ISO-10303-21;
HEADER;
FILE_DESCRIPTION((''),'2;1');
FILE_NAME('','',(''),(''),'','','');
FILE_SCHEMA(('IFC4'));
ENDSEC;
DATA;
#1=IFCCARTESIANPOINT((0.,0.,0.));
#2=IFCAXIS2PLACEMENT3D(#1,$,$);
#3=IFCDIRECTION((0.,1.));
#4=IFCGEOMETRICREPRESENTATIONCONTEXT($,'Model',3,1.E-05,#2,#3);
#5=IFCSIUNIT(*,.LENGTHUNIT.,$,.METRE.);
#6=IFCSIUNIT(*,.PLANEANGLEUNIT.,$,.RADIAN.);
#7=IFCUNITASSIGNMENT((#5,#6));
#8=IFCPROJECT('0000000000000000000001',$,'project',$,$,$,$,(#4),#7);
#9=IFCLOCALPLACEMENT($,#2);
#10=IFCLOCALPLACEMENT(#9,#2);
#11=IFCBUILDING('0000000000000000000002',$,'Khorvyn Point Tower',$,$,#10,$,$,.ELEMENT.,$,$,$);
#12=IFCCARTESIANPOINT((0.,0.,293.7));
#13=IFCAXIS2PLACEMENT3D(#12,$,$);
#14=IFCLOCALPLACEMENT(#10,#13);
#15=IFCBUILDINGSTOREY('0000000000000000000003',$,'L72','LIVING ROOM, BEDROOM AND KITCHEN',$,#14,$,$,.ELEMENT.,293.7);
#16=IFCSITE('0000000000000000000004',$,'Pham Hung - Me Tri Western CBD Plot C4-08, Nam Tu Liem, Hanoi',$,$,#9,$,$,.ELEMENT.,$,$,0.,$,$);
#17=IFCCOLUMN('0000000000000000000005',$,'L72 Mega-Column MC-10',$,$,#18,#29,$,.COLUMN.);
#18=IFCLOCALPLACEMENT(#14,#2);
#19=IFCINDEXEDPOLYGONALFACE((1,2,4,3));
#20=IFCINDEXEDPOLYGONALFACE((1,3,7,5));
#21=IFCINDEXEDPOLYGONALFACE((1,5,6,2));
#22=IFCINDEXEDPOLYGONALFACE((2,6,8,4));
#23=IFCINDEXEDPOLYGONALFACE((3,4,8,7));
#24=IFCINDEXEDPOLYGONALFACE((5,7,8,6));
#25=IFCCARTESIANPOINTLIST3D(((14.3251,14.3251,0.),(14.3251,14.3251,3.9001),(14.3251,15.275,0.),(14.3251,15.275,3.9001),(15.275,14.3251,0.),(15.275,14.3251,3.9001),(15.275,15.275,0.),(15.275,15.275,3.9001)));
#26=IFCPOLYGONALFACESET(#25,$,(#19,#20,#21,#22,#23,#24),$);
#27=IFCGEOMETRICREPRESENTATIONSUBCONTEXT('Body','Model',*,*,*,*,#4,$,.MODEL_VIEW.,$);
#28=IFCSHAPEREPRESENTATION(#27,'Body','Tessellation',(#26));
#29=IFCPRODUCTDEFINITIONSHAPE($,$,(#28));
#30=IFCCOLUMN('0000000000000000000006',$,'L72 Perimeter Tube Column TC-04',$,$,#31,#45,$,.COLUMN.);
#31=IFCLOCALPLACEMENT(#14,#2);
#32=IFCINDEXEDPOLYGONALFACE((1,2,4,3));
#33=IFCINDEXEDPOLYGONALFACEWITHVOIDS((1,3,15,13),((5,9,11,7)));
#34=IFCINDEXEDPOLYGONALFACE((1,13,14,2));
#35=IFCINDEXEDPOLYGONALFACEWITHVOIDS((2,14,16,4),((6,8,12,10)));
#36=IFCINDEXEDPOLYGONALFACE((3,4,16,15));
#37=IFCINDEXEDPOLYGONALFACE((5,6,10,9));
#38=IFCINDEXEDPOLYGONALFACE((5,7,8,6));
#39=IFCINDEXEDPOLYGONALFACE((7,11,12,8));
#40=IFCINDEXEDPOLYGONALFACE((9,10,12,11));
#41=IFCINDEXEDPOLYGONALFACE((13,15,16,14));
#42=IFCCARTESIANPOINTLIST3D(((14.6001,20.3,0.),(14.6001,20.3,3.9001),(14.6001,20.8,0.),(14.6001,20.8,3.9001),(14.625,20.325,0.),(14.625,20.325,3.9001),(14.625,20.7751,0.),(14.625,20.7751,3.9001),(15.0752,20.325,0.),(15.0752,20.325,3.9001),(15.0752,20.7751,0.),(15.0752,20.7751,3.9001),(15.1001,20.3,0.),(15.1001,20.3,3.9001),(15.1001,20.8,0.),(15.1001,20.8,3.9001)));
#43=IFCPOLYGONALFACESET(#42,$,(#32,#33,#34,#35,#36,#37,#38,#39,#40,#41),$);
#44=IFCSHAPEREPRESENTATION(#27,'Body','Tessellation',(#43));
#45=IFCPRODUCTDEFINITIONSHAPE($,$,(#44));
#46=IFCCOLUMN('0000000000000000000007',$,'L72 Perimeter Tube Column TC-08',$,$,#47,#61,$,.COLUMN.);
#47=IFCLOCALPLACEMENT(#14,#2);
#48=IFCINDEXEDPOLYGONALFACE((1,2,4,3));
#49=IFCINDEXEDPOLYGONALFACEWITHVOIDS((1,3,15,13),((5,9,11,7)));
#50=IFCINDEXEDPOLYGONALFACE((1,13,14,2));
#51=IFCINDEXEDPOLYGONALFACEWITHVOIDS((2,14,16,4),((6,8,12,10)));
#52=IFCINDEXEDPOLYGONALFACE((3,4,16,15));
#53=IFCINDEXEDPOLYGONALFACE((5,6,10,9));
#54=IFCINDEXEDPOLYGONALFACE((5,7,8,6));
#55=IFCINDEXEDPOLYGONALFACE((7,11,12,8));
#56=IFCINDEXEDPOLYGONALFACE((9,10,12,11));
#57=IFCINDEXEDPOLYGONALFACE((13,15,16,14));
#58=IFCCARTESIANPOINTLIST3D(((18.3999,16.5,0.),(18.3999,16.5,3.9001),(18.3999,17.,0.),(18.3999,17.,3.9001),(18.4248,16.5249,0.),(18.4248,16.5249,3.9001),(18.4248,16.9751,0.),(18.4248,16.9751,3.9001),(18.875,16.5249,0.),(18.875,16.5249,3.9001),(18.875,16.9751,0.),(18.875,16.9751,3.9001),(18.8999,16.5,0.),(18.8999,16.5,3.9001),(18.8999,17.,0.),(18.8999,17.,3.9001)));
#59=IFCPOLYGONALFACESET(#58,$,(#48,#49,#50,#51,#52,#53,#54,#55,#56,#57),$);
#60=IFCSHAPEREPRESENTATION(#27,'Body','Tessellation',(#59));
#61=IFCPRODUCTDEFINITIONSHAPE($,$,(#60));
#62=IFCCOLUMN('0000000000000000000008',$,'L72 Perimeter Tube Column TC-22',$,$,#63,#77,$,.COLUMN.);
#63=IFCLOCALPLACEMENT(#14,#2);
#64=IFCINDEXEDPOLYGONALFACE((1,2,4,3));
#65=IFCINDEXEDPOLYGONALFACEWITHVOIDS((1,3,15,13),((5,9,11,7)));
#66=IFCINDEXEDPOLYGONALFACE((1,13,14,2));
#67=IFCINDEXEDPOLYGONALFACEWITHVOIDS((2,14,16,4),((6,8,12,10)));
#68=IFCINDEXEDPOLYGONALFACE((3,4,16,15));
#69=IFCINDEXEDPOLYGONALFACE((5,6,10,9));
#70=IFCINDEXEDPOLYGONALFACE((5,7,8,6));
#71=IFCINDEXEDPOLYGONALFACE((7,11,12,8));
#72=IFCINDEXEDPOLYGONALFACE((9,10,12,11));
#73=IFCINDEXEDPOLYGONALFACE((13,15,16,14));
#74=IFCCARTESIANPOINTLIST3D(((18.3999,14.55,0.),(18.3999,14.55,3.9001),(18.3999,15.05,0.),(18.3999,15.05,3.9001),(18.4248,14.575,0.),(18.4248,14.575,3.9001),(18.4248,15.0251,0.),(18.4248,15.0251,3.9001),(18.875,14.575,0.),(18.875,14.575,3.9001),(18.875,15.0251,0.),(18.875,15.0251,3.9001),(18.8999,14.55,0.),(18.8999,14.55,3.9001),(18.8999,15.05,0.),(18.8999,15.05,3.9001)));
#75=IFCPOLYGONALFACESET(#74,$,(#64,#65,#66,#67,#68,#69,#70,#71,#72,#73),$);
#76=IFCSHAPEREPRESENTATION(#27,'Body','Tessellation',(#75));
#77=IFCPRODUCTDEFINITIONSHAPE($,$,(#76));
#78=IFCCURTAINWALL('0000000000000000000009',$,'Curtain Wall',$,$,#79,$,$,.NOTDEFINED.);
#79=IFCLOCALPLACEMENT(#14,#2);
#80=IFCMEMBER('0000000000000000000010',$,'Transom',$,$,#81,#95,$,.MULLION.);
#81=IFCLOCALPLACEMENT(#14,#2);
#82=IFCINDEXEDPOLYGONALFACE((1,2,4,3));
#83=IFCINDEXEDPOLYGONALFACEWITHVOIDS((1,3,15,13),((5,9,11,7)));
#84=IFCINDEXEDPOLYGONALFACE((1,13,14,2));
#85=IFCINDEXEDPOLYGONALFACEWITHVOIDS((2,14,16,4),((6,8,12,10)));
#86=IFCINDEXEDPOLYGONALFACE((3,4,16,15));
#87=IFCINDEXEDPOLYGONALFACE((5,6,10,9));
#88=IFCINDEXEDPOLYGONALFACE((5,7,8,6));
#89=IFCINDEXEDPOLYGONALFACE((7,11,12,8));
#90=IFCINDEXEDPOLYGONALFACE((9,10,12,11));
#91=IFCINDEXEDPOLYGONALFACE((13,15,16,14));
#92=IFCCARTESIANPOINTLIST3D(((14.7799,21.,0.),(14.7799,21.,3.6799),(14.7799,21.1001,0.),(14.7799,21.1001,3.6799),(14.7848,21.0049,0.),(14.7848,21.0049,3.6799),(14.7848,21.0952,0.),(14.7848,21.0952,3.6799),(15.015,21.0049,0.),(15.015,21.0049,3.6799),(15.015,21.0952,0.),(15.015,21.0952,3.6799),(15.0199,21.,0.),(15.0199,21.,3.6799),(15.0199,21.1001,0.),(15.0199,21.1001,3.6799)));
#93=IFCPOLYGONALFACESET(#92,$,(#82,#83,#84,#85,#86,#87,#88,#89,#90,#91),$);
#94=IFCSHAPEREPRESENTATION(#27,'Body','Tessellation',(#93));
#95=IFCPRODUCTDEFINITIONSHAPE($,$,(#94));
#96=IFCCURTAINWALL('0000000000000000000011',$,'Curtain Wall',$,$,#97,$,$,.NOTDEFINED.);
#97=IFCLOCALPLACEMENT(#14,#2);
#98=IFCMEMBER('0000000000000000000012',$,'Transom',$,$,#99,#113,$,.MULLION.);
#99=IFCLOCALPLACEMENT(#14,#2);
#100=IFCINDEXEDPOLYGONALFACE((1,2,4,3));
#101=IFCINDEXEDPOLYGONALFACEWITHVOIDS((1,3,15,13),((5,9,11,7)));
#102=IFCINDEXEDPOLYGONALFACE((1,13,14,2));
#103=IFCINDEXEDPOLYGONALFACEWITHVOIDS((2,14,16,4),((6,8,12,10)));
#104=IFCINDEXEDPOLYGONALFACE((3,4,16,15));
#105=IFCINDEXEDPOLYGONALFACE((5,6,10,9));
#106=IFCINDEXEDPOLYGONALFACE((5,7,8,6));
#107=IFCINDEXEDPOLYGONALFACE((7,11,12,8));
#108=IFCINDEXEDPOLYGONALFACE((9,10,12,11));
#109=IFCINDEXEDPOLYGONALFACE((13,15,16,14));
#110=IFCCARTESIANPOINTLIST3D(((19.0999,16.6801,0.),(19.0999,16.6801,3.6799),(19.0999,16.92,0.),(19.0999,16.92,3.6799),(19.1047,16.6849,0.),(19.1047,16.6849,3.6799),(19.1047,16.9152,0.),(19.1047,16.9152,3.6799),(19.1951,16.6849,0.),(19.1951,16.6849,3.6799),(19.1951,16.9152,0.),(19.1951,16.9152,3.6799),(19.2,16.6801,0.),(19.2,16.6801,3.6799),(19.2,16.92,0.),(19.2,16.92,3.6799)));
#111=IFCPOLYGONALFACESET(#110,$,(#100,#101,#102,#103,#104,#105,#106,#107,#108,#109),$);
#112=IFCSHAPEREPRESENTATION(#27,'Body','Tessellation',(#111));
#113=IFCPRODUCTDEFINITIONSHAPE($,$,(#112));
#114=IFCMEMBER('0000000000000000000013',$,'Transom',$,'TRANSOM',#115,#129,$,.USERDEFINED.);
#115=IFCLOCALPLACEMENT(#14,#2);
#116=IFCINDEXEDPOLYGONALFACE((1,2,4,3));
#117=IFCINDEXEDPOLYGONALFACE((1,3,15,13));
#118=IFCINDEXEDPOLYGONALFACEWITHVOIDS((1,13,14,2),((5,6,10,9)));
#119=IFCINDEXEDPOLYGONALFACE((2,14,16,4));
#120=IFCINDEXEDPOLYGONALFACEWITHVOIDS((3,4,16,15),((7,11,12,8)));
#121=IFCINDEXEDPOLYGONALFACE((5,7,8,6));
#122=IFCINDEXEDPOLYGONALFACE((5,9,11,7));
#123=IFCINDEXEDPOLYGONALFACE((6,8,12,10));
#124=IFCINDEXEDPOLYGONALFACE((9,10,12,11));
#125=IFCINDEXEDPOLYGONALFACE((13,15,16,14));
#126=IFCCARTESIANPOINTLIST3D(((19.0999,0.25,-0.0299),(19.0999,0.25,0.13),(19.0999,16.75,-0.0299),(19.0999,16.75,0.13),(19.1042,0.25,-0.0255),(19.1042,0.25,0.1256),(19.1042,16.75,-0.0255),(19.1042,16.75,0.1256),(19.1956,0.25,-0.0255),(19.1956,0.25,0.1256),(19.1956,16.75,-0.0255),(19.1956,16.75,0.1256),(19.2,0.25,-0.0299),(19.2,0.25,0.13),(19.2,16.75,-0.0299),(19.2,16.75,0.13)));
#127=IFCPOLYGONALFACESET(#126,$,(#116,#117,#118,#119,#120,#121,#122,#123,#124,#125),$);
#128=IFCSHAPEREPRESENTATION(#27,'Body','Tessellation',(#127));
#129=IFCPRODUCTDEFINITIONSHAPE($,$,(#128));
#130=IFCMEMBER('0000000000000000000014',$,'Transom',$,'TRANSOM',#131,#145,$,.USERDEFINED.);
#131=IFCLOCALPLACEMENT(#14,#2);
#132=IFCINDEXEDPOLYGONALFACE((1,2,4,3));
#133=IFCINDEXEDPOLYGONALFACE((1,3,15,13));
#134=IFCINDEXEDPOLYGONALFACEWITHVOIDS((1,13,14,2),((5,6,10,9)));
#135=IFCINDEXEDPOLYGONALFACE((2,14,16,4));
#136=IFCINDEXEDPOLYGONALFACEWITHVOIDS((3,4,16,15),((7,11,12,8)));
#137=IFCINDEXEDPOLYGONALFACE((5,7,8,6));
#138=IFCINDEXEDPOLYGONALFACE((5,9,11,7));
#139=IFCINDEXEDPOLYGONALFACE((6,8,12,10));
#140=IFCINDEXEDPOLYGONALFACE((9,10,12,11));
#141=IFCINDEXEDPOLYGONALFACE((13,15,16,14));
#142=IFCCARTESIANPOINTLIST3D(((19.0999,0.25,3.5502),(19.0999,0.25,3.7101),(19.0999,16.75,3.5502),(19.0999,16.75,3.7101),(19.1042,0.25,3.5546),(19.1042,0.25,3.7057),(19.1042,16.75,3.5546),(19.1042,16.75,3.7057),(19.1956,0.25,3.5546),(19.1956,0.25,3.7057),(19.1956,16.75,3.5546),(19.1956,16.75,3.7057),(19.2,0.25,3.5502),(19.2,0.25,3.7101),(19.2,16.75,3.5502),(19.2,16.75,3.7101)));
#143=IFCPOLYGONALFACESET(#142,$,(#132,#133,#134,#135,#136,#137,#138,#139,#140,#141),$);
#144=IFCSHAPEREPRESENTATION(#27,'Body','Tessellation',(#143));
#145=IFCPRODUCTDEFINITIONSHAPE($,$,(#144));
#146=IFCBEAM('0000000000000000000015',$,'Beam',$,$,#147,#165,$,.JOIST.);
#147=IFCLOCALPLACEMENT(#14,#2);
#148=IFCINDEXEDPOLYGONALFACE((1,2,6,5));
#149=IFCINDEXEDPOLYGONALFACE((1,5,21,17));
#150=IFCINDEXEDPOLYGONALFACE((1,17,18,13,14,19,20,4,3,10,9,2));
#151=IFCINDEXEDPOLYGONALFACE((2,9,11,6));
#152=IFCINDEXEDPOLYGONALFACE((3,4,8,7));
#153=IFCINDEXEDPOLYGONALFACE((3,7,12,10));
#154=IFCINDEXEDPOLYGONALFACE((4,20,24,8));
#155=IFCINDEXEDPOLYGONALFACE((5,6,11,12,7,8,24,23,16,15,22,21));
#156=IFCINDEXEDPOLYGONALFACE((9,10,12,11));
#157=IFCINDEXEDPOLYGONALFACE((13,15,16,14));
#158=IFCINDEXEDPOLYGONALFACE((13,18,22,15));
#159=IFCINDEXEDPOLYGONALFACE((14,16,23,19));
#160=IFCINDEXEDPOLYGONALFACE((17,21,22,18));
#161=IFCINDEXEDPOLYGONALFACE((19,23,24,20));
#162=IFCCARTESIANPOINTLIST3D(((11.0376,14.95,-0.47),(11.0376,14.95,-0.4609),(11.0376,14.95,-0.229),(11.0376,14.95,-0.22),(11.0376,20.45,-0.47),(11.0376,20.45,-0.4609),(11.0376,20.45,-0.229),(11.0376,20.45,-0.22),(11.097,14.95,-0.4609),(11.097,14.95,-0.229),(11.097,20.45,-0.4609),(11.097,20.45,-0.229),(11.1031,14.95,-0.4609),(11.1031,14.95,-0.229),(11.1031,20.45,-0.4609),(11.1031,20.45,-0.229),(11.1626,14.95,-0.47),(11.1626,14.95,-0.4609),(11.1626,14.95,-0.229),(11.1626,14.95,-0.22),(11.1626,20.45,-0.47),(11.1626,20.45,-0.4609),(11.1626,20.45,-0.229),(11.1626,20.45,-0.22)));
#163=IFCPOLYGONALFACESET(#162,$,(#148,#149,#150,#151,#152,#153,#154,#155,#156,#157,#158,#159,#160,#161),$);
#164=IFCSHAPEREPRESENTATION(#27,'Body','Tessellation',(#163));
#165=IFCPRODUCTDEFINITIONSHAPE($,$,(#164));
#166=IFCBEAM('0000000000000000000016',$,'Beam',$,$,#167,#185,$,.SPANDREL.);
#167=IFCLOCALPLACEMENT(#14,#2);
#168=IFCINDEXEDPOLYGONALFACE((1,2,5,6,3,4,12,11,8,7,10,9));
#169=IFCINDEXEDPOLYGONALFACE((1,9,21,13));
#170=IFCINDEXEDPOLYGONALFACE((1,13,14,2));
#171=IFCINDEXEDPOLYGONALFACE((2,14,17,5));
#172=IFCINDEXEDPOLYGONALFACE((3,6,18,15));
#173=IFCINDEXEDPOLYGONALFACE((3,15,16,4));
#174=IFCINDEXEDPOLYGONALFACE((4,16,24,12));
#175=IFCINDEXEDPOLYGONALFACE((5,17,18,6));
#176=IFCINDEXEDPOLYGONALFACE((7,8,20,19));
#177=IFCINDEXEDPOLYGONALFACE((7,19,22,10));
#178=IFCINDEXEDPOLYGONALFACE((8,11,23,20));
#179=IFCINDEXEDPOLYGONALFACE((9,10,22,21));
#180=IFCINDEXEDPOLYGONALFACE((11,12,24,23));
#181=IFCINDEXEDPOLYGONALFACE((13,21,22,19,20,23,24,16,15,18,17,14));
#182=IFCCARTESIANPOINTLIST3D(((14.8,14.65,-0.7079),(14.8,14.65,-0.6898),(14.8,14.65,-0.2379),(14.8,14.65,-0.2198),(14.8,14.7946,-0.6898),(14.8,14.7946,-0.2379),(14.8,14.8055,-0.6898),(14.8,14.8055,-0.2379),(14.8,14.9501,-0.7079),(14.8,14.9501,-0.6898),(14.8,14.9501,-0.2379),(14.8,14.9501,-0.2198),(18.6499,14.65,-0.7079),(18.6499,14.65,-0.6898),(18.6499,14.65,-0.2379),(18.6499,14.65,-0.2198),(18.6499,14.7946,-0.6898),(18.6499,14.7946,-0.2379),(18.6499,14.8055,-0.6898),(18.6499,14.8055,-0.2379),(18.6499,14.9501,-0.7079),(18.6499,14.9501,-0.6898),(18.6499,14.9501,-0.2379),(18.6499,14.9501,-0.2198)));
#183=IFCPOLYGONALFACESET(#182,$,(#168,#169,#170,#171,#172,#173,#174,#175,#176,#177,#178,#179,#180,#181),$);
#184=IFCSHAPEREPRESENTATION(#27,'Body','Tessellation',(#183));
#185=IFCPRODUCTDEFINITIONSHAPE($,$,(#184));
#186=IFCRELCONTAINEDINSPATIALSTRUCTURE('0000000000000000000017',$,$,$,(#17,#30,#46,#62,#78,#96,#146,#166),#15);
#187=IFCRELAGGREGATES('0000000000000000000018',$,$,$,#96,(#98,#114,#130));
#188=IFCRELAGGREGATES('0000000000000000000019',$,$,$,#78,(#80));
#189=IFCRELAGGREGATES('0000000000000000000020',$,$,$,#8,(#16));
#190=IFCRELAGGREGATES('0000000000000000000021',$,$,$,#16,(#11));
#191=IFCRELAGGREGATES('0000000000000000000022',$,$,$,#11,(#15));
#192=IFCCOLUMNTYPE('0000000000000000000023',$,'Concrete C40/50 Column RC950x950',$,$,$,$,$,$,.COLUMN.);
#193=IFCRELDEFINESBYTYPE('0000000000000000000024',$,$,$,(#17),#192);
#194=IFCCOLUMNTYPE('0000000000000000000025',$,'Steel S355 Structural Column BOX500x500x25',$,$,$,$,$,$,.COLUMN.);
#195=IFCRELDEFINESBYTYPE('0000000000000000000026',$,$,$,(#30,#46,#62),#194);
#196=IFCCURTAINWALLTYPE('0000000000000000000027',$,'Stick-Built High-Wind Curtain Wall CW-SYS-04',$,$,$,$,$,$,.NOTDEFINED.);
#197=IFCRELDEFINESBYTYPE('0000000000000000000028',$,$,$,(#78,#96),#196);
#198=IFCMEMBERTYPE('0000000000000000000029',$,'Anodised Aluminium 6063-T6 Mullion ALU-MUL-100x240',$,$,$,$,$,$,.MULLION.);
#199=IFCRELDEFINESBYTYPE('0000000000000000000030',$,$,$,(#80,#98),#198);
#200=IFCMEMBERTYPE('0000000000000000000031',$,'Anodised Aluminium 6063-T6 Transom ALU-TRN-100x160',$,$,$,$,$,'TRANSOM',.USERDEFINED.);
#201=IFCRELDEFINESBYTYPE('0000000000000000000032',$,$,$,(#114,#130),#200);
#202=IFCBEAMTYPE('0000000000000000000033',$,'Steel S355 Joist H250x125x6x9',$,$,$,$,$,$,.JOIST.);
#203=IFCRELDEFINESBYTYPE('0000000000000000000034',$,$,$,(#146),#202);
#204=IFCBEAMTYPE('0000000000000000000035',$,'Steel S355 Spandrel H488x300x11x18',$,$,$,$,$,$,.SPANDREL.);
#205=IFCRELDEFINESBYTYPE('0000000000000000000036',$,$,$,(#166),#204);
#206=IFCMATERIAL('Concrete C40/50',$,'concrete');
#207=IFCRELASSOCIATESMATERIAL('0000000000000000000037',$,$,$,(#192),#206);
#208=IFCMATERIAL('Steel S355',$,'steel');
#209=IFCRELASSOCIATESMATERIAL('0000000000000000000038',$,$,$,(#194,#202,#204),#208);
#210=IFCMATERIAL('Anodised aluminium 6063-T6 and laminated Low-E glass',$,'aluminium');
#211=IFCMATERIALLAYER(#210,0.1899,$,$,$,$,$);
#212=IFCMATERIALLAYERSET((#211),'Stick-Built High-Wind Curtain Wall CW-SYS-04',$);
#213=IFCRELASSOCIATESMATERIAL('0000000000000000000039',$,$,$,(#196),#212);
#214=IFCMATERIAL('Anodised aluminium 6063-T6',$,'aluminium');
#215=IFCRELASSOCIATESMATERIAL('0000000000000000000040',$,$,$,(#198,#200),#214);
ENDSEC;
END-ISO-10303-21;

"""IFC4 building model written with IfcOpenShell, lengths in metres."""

from ifc_helpers import new_model, si_unit, direction, frame, origin, origin_2d, place, context, subcontext, project, spatial, rectangle, hollow_rectangle, i_section, extrude, material, layer, layer_set, material_profile, profile_set, type_object, element, aggregate, save


model = new_model("IFC4")

# Units and contexts
model_context = context("Model", 3, precision=1e-05, world=origin(), true_north=direction((0.0, 1.0)))
body_context = subcontext(model_context, "Body", "Model", "MODEL_VIEW")
ifc_project = project(units=[si_unit("LENGTHUNIT", "METRE"), si_unit("PLANEANGLEUNIT", "RADIAN")], contexts=[model_context])

# Site, building, storey
site_placement = place(None, origin())
site = spatial("IfcSite", under=ifc_project, at=site_placement, Name="Pham Hung - Me Tri Western CBD Plot C4-08, Nam Tu Liem, Hanoi", CompositionType="ELEMENT", RefElevation=0.0)
building_placement = place(site_placement, origin())
building = spatial("IfcBuilding", under=site, at=building_placement, Name="Khorvyn Point Tower", CompositionType="ELEMENT")
storey_placement = place(building_placement, frame((0.0, 0.0, 293.7)))
storey = spatial("IfcBuildingStorey", under=building, at=storey_placement, Name="L72", Description="LIVING ROOM, BEDROOM AND KITCHEN", CompositionType="ELEMENT", Elevation=293.7)

# Columns
ifc_material_1 = material(Name="Concrete C40/50", Category="concrete")
ifc_material_profile_1 = material_profile(ifc_material_1, rectangle(XDim=0.95, YDim=0.95, at=origin_2d()))
ifc_profile_set_1 = profile_set([ifc_material_profile_1], Name="Concrete C40/50 RC950x950")
column_type_1 = type_object("IfcColumnType", Name="Concrete C40/50 Column RC950x950", PredefinedType="COLUMN", material=ifc_profile_set_1)
column_placement = place(storey_placement, frame((14.8, 14.8, 0.0), z_axis=(0.0, 0.0, 1.0), x_axis=(1.0, 0.0, 0.0)))
element("IfcColumn", 1, at=column_placement, inside=storey, type_object=column_type_1, Name="L72 Mega-Column MC-10", PredefinedType="COLUMN", context=body_context, shape_type="SweptSolid", body=[
    extrude(rectangle(XDim=0.95, YDim=0.95, at=origin_2d()), origin(), (0.0, 0.0, 1.0), 3.9001),
])
ifc_material_2 = material(Name="Steel S355", Category="steel")
ifc_material_profile_2 = material_profile(ifc_material_2, hollow_rectangle(XDim=0.5, YDim=0.5, WallThickness=0.0249, at=origin_2d()))
ifc_profile_set_2 = profile_set([ifc_material_profile_2], Name="Steel S355 BOX500x500x25")
column_type_2 = type_object("IfcColumnType", Name="Steel S355 Structural Column BOX500x500x25", PredefinedType="COLUMN", material=ifc_profile_set_2)
for number, where, z_axis, x_axis, name in (
    (2, (14.8501, 20.55, 0.0), (0.0, 0.0, 1.0), (1.0, 0.0, 0.0), "L72 Perimeter Tube Column TC-04"),
    (3, (18.6499, 16.75, 0.0), (0.0, 0.0, 1.0), (1.0, 0.0, 0.0), "L72 Perimeter Tube Column TC-08"),
    (4, (18.6499, 14.8, 0.0), (0.0, 0.0, 1.0), (1.0, 0.0, 0.0), "L72 Perimeter Tube Column TC-22"),
):
    element("IfcColumn", number, at=place(storey_placement, frame(where, z_axis=z_axis, x_axis=x_axis)), inside=storey, type_object=column_type_2, Name=name, PredefinedType="COLUMN", context=body_context, shape_type="SweptSolid", body=[
        extrude(hollow_rectangle(XDim=0.5, YDim=0.5, WallThickness=0.0249, at=origin_2d()), origin(), (0.0, 0.0, 1.0), 3.9001),
    ])

# Curtain wall, member
ifc_material_3 = material(Name="Anodised aluminium 6063-T6 and laminated Low-E glass", Category="aluminium")
ifc_layer_1 = layer(ifc_material_3, 0.1899)
ifc_layer_set_1 = layer_set([ifc_layer_1], Name="Stick-Built High-Wind Curtain Wall CW-SYS-04")
curtain_wall_type = type_object("IfcCurtainWallType", Name="Stick-Built High-Wind Curtain Wall CW-SYS-04", PredefinedType="NOTDEFINED", material=ifc_layer_set_1)
curtain_wall_1_placement = place(storey_placement, origin())
curtain_wall_1 = element("IfcCurtainWall", 5, at=curtain_wall_1_placement, inside=storey, type_object=curtain_wall_type, Name="Curtain Wall", PredefinedType="NOTDEFINED")
ifc_material_4 = material(Name="Anodised aluminium 6063-T6", Category="aluminium")
ifc_material_profile_3 = material_profile(ifc_material_4, hollow_rectangle(XDim=0.1001, YDim=0.24, WallThickness=0.0049, at=origin_2d()))
ifc_profile_set_3 = profile_set([ifc_material_profile_3], Name="Anodised aluminium 6063-T6 ALU-MUL-100x240")
member_type_1 = type_object("IfcMemberType", Name="Anodised Aluminium 6063-T6 Mullion ALU-MUL-100x240", PredefinedType="MULLION", material=ifc_profile_set_3)
member_1_placement = place(storey_placement, frame((14.8999, 21.05, 0.0), z_axis=(0.0, 0.0, 1.0), x_axis=(0.0, 1.0, 0.0)))
member_1 = element("IfcMember", 6, at=member_1_placement, type_object=member_type_1, Name="Transom", PredefinedType="MULLION", context=body_context, shape_type="SweptSolid", body=[
    extrude(hollow_rectangle(XDim=0.1001, YDim=0.24, WallThickness=0.0049, at=origin_2d()), origin(), (0.0, 0.0, 1.0), 3.6799),
])

# Curtain wall, members
curtain_wall_2_placement = place(storey_placement, origin())
curtain_wall_2 = element("IfcCurtainWall", 7, at=curtain_wall_2_placement, inside=storey, type_object=curtain_wall_type, Name="Curtain Wall", PredefinedType="NOTDEFINED")
member_2_placement = place(storey_placement, frame((19.1499, 16.8, 0.0), z_axis=(0.0, 0.0, 1.0), x_axis=(1.0, 0.0, 0.0)))
member_2 = element("IfcMember", 8, at=member_2_placement, type_object=member_type_1, Name="Transom", PredefinedType="MULLION", context=body_context, shape_type="SweptSolid", body=[
    extrude(hollow_rectangle(XDim=0.1001, YDim=0.24, WallThickness=0.0049, at=origin_2d()), origin(), (0.0, 0.0, 1.0), 3.6799),
])
ifc_material_profile_4 = material_profile(ifc_material_4, hollow_rectangle(XDim=0.1001, YDim=0.1599, WallThickness=0.0044, at=origin_2d()))
ifc_profile_set_4 = profile_set([ifc_material_profile_4], Name="Anodised aluminium 6063-T6 ALU-TRN-100x160")
member_type_2 = type_object("IfcMemberType", Name="Anodised Aluminium 6063-T6 Transom ALU-TRN-100x160", ElementType="TRANSOM", PredefinedType="USERDEFINED", material=ifc_profile_set_4)
member_3_placement = place(storey_placement, frame((19.1499, 16.75, 0.05), z_axis=(0.0, -1.0, 0.0), x_axis=(1.0, 0.0, 0.0)))
member_3 = element("IfcMember", 9, at=member_3_placement, type_object=member_type_2, Name="Transom", ObjectType="TRANSOM", PredefinedType="USERDEFINED", context=body_context, shape_type="SweptSolid", body=[
    extrude(hollow_rectangle(XDim=0.1001, YDim=0.1599, WallThickness=0.0044, at=origin_2d()), origin(), (0.0, 0.0, 1.0), 16.5),
])
member_4_placement = place(storey_placement, frame((19.1499, 16.75, 3.6301), z_axis=(0.0, -1.0, 0.0), x_axis=(1.0, 0.0, 0.0)))
member_4 = element("IfcMember", 10, at=member_4_placement, type_object=member_type_2, Name="Transom", ObjectType="TRANSOM", PredefinedType="USERDEFINED", context=body_context, shape_type="SweptSolid", body=[
    extrude(hollow_rectangle(XDim=0.1001, YDim=0.1599, WallThickness=0.0044, at=origin_2d()), origin(), (0.0, 0.0, 1.0), 16.5),
])
aggregate(curtain_wall_2, [member_2, member_3, member_4])

# Beams
ifc_material_profile_5 = material_profile(ifc_material_2, i_section(OverallWidth=0.125, OverallDepth=0.25, WebThickness=0.0061, FlangeThickness=0.009, at=origin_2d()))
ifc_profile_set_5 = profile_set([ifc_material_profile_5], Name="Steel S355 H250x125x6x9")
beam_type_1 = type_object("IfcBeamType", Name="Steel S355 Joist H250x125x6x9", PredefinedType="JOIST", material=ifc_profile_set_5)
beam_1_placement = place(storey_placement, frame((11.1001, 14.95, -0.345), z_axis=(0.0, 1.0, 0.0), x_axis=(-1.0, 0.0, 0.0)))
element("IfcBeam", 11, at=beam_1_placement, inside=storey, type_object=beam_type_1, Name="Beam", PredefinedType="JOIST", context=body_context, shape_type="SweptSolid", body=[
    extrude(i_section(OverallWidth=0.125, OverallDepth=0.25, WebThickness=0.0061, FlangeThickness=0.009, at=origin_2d()), origin(), (0.0, 0.0, 1.0), 5.5),
])
ifc_material_profile_6 = material_profile(ifc_material_2, i_section(OverallWidth=0.3, OverallDepth=0.488, WebThickness=0.011, FlangeThickness=0.0181, at=origin_2d()))
ifc_profile_set_6 = profile_set([ifc_material_profile_6], Name="Steel S355 H488x300x11x18")
beam_type_2 = type_object("IfcBeamType", Name="Steel S355 Spandrel H488x300x11x18", PredefinedType="SPANDREL", material=ifc_profile_set_6)
beam_2_placement = place(storey_placement, frame((14.8, 14.8, -0.4639), z_axis=(1.0, 0.0, 0.0), x_axis=(0.0, 1.0, 0.0)))
element("IfcBeam", 12, at=beam_2_placement, inside=storey, type_object=beam_type_2, Name="Beam", PredefinedType="SPANDREL", context=body_context, shape_type="SweptSolid", body=[
    extrude(i_section(OverallWidth=0.3, OverallDepth=0.488, WebThickness=0.011, FlangeThickness=0.0181, at=origin_2d()), origin(), (0.0, 0.0, 1.0), 3.8499),
])

aggregate(curtain_wall_1, [member_1])

save(model, "model.ifc")
